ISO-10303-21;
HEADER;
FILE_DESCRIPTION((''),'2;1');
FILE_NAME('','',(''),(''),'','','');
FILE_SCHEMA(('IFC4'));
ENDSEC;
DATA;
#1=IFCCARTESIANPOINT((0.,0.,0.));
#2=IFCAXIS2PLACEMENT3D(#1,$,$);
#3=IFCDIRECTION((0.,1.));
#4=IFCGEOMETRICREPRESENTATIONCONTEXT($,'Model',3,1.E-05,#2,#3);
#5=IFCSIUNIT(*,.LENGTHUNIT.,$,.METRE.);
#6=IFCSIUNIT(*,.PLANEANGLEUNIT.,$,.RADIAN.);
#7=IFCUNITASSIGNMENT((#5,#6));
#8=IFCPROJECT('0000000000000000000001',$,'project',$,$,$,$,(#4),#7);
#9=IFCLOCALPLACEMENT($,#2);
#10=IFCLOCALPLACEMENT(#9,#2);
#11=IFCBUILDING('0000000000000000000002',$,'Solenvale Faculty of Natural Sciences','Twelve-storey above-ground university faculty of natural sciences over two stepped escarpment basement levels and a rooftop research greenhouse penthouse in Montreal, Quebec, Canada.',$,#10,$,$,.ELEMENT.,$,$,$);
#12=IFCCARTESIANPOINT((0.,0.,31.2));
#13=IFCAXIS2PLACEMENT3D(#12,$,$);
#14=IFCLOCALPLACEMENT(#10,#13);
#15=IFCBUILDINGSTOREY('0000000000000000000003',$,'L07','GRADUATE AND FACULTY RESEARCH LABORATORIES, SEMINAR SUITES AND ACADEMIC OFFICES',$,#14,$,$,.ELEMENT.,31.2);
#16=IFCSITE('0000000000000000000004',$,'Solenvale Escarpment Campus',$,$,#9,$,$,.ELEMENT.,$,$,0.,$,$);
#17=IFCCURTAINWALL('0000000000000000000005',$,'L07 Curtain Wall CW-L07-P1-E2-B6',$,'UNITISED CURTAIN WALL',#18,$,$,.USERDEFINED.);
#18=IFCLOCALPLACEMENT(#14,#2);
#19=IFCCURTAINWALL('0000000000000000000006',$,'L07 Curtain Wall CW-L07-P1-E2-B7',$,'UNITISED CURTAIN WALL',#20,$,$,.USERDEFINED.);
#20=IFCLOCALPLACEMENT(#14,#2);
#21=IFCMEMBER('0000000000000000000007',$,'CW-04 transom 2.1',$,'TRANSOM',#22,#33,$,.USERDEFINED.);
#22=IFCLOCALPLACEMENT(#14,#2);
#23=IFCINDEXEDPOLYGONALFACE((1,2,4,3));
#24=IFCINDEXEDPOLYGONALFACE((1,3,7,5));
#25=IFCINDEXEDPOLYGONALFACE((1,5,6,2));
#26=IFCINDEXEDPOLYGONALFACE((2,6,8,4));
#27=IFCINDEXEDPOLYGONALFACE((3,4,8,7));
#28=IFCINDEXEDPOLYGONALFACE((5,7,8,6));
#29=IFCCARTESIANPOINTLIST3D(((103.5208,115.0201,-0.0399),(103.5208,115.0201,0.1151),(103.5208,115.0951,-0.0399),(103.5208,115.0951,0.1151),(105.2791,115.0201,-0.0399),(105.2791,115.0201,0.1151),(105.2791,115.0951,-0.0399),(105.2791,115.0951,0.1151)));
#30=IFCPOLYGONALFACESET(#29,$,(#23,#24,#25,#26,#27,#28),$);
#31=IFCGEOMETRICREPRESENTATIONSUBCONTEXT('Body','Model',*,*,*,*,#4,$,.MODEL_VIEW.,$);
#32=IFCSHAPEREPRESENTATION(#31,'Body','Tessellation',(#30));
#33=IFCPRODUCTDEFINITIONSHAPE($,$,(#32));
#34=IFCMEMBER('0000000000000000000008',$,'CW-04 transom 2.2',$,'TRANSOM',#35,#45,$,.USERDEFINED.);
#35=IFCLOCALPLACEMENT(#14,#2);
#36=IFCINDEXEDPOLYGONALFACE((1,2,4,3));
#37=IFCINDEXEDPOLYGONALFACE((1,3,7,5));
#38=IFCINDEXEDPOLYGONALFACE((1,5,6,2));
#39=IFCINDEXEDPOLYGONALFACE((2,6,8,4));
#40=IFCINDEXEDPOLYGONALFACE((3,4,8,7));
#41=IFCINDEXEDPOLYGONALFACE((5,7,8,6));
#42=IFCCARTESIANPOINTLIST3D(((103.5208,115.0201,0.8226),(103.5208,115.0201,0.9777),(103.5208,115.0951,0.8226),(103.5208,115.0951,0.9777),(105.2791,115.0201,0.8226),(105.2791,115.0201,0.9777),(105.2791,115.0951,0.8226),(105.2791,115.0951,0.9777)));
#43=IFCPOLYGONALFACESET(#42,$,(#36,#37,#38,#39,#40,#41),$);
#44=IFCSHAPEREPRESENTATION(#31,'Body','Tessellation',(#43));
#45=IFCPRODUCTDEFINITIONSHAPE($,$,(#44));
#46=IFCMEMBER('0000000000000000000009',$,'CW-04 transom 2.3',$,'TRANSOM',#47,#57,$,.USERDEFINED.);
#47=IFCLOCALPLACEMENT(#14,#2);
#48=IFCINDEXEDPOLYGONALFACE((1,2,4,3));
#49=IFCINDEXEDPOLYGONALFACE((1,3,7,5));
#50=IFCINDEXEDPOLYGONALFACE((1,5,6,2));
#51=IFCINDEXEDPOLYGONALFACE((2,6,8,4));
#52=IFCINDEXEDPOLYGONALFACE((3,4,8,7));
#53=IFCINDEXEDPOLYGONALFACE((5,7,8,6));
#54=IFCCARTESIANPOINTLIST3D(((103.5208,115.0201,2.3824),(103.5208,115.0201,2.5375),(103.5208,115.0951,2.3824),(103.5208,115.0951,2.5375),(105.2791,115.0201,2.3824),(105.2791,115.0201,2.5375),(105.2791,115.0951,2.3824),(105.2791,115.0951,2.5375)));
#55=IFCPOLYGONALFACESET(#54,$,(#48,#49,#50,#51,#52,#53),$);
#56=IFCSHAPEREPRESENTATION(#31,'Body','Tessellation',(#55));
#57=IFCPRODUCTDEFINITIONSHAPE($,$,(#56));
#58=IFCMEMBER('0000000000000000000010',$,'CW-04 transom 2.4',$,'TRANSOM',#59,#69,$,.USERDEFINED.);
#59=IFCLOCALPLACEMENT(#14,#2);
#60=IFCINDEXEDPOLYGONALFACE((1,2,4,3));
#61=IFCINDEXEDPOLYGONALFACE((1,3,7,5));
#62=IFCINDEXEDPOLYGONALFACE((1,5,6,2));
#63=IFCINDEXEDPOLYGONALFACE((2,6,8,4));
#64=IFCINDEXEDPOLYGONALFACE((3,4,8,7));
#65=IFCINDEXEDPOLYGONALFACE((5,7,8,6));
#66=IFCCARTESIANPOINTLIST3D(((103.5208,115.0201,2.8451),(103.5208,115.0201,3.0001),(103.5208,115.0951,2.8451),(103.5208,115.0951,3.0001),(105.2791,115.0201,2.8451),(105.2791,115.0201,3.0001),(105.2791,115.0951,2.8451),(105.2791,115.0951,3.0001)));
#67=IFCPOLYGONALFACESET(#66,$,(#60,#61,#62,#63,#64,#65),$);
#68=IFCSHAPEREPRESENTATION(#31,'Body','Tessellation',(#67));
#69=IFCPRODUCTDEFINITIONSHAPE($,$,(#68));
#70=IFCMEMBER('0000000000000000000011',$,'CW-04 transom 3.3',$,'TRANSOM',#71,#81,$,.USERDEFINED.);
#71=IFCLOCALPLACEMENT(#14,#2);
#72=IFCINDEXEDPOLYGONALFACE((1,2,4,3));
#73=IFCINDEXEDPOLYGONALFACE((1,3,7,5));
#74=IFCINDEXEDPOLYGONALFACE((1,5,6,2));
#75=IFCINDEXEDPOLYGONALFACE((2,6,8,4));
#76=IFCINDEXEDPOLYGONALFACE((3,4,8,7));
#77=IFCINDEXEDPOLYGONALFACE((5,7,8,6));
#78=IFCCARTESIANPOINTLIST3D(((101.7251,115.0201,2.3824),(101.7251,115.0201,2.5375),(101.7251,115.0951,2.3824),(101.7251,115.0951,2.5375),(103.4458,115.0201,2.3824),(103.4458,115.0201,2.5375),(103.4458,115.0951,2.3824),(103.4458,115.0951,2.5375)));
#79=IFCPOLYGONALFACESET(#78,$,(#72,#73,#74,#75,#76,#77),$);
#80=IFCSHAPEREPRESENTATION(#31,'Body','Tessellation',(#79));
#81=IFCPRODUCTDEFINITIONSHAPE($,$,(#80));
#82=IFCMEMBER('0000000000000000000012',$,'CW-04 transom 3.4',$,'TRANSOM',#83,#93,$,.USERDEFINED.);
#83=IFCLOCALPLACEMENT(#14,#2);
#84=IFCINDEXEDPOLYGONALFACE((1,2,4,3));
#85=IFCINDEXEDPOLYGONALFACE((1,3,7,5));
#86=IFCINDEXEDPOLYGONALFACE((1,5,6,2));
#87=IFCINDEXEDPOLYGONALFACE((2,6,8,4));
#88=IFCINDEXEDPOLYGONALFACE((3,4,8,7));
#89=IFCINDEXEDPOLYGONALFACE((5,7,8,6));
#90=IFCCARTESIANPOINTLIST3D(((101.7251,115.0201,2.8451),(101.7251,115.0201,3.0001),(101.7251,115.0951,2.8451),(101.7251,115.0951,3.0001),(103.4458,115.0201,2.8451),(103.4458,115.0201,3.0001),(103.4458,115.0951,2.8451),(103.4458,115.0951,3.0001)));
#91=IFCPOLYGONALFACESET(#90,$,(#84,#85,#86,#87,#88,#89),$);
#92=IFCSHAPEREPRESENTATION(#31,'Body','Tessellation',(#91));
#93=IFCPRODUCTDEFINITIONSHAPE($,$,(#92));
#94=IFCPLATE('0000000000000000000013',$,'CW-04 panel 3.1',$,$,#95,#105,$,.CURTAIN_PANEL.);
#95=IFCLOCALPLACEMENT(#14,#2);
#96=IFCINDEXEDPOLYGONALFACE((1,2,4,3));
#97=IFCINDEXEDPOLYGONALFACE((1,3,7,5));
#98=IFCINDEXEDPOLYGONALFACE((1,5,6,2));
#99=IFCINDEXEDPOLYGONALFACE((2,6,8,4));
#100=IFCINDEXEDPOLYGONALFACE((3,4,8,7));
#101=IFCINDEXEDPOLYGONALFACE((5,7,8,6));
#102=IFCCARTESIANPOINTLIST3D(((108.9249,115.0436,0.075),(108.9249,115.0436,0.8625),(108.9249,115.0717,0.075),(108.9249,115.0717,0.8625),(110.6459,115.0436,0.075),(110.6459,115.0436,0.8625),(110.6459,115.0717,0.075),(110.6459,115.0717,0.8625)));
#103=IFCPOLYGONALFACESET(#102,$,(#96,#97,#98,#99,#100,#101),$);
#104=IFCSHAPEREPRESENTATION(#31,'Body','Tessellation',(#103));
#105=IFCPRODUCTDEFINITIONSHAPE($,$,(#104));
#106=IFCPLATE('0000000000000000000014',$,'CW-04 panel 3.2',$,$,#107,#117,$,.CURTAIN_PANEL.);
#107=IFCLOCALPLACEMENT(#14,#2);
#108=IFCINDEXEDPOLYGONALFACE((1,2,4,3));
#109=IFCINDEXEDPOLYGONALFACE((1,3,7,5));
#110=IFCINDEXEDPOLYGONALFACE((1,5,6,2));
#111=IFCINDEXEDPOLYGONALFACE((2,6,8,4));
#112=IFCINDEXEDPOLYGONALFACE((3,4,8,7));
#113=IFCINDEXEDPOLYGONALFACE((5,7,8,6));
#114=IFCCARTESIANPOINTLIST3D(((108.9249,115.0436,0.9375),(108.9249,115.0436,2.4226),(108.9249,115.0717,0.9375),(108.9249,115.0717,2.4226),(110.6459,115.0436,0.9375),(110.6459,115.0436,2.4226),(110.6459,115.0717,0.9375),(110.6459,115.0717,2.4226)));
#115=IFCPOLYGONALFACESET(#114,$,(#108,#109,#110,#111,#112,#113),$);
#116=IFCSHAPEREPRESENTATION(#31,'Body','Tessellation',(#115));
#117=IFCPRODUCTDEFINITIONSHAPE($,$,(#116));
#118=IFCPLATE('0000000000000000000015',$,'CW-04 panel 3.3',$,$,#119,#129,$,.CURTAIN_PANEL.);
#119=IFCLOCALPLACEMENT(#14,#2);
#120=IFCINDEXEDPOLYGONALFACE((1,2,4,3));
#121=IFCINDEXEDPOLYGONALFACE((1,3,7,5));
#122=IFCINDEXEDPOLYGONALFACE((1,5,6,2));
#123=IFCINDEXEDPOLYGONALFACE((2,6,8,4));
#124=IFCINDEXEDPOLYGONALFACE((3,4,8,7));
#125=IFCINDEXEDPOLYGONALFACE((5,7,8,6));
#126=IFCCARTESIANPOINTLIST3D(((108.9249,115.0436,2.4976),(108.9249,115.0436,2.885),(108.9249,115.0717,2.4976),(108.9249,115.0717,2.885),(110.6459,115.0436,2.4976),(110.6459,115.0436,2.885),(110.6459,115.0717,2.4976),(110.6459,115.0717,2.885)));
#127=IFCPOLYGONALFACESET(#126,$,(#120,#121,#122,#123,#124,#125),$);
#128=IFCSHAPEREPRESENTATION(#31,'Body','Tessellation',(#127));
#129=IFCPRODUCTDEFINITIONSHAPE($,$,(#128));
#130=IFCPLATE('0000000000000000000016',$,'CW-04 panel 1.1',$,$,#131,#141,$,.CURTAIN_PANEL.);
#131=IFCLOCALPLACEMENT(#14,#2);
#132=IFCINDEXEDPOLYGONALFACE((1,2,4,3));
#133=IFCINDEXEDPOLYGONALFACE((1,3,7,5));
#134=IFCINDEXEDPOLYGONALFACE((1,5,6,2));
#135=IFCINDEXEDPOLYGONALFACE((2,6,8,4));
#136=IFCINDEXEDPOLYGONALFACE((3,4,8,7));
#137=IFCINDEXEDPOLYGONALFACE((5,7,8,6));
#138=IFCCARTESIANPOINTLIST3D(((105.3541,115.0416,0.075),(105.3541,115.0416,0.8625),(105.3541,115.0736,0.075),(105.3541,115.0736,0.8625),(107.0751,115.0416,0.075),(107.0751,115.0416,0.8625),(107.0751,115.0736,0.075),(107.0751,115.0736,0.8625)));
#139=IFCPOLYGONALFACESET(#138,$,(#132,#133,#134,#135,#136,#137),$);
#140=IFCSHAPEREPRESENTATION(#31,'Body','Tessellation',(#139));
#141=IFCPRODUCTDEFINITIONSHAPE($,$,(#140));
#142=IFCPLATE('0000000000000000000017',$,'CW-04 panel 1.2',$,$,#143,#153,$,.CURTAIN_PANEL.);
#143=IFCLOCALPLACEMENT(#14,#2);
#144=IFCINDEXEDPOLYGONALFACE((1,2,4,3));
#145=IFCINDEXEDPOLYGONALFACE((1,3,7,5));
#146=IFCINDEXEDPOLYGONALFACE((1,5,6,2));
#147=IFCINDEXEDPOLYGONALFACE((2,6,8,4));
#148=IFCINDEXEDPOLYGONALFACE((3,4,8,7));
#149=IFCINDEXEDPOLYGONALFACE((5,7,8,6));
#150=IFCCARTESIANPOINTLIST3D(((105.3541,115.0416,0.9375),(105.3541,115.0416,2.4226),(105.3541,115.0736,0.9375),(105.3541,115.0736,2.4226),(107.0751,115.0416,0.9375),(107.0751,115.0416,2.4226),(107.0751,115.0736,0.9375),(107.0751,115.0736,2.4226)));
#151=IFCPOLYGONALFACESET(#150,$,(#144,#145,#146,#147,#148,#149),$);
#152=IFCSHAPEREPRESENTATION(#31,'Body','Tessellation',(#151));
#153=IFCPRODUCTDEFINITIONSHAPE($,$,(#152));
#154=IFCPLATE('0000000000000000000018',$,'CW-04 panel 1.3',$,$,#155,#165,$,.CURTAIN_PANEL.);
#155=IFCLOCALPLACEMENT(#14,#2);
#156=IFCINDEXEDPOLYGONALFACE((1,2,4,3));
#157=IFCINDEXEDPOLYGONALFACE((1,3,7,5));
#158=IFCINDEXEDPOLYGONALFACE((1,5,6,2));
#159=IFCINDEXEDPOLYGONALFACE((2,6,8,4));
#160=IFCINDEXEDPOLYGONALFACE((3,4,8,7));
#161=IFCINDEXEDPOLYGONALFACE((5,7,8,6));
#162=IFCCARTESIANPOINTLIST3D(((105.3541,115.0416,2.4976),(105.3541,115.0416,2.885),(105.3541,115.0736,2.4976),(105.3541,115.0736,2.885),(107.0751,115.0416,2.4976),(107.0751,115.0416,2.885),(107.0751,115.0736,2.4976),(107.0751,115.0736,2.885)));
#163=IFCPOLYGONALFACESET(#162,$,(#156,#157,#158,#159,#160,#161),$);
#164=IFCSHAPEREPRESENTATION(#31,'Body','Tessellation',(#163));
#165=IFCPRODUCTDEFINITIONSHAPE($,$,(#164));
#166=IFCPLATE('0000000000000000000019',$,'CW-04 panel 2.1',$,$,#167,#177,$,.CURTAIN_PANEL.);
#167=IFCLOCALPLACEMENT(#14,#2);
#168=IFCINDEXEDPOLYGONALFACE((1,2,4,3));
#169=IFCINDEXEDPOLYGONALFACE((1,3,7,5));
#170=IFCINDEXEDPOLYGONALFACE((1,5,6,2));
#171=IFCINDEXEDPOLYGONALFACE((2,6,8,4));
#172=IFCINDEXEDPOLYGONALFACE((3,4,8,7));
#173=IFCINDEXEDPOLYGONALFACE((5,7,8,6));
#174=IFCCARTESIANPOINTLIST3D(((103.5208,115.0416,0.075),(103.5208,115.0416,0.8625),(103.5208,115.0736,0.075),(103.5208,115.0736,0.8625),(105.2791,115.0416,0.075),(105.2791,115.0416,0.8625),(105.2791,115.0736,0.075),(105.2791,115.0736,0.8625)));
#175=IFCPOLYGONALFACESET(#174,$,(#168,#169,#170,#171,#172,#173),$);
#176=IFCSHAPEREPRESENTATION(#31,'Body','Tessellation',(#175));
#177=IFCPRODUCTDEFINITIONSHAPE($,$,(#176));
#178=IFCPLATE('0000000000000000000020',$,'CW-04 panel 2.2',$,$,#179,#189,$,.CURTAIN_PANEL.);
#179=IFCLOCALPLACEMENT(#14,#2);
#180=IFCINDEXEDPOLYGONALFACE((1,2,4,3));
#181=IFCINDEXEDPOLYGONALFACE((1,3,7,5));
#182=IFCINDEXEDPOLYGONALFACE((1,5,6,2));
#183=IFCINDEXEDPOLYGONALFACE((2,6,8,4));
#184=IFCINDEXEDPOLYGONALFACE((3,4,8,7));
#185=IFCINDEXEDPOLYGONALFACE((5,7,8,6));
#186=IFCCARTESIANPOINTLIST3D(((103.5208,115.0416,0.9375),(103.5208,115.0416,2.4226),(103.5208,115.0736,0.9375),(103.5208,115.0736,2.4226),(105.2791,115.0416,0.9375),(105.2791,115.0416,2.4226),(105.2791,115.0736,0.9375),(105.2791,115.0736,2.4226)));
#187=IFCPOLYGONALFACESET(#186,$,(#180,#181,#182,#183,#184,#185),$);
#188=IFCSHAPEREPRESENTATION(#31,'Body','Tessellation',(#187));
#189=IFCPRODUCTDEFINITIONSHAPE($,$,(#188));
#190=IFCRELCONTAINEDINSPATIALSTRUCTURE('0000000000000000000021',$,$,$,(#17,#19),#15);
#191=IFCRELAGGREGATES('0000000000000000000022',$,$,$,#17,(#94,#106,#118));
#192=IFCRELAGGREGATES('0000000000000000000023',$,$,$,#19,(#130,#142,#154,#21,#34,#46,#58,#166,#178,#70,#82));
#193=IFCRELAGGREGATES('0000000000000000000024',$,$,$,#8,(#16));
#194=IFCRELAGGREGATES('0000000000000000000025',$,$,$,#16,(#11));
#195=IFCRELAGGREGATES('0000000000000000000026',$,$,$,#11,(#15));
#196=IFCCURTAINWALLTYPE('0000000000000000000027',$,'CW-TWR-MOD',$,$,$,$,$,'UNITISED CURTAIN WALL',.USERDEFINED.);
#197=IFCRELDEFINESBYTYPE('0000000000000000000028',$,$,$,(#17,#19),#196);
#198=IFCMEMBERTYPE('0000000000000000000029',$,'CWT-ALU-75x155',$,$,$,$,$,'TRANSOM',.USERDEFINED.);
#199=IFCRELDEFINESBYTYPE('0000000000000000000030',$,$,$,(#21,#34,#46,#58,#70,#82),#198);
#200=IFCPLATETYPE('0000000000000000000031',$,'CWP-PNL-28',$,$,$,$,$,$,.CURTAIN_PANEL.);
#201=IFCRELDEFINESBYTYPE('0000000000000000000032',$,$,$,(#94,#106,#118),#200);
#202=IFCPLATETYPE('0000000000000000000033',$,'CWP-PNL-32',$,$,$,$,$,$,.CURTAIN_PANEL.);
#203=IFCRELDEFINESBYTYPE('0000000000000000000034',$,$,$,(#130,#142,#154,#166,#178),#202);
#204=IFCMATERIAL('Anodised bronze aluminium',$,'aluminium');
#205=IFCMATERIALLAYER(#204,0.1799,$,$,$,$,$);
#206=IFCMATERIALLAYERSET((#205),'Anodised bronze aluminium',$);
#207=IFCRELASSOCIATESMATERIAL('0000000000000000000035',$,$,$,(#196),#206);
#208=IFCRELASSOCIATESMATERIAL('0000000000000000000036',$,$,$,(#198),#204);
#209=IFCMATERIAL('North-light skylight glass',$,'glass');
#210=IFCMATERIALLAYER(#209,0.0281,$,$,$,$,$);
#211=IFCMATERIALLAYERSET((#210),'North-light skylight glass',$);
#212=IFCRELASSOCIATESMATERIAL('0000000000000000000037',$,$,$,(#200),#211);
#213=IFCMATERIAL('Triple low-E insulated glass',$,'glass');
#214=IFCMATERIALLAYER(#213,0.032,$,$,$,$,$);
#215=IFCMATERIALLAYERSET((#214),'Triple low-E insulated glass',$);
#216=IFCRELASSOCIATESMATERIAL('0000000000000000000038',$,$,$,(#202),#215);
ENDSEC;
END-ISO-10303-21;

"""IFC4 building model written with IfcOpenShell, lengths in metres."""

from ifc_helpers import new_model, si_unit, direction, frame, origin, origin_2d, place, context, subcontext, project, spatial, rectangle, extrude, material, layer, layer_set, material_profile, profile_set, type_object, element, aggregate, save


model = new_model("IFC4")

# Units and contexts
model_context = context("Model", 3, precision=1e-05, world=origin(), true_north=direction((0.0, 1.0)))
body_context = subcontext(model_context, "Body", "Model", "MODEL_VIEW")
ifc_project = project(units=[si_unit("LENGTHUNIT", "METRE"), si_unit("PLANEANGLEUNIT", "RADIAN")], contexts=[model_context])

# Site, building, storey
site_placement = place(None, origin())
site = spatial("IfcSite", under=ifc_project, at=site_placement, Name="Solenvale Escarpment Campus", CompositionType="ELEMENT", RefElevation=0.0)
building_placement = place(site_placement, origin())
building = spatial("IfcBuilding", under=site, at=building_placement, Name="Solenvale Faculty of Natural Sciences", Description="Twelve-storey above-ground university faculty of natural sciences over two stepped escarpment basement levels and a rooftop research greenhouse penthouse in Montreal, Quebec, Canada.", CompositionType="ELEMENT")
storey_placement = place(building_placement, frame((0.0, 0.0, 31.2)))
storey = spatial("IfcBuildingStorey", under=building, at=storey_placement, Name="L07", Description="GRADUATE AND FACULTY RESEARCH LABORATORIES, SEMINAR SUITES AND ACADEMIC OFFICES", CompositionType="ELEMENT", Elevation=31.2)

# Curtain wall
ifc_material_1 = material(Name="Anodised bronze aluminium", Category="aluminium")
ifc_layer_1 = layer(ifc_material_1, 0.1799)
ifc_layer_set_1 = layer_set([ifc_layer_1], Name="Anodised bronze aluminium")
curtain_wall_type = type_object("IfcCurtainWallType", Name="CW-TWR-MOD", ElementType="UNITISED CURTAIN WALL", PredefinedType="USERDEFINED", material=ifc_layer_set_1)
curtain_wall_1_placement = place(storey_placement, origin())
curtain_wall_1 = element("IfcCurtainWall", 1, at=curtain_wall_1_placement, inside=storey, type_object=curtain_wall_type, Name="L07 Curtain Wall CW-L07-P1-E2-B6", ObjectType="UNITISED CURTAIN WALL", PredefinedType="USERDEFINED")

# Curtain wall
curtain_wall_2_placement = place(storey_placement, origin())
curtain_wall_2 = element("IfcCurtainWall", 2, at=curtain_wall_2_placement, inside=storey, type_object=curtain_wall_type, Name="L07 Curtain Wall CW-L07-P1-E2-B7", ObjectType="UNITISED CURTAIN WALL", PredefinedType="USERDEFINED")

# Members
ifc_material_profile_1 = material_profile(ifc_material_1, rectangle(XDim=0.075, YDim=0.155, at=origin_2d()), Name="ALU-TRN-75x155")
ifc_profile_set_1 = profile_set([ifc_material_profile_1], Name="Anodised bronze aluminium")
member_type_1 = type_object("IfcMemberType", Name="CWT-ALU-75x155", ElementType="TRANSOM", PredefinedType="USERDEFINED", material=ifc_profile_set_1)
member_1_placement = place(storey_placement, frame((105.2791, 115.0576, 0.0376), z_axis=(-1.0, 0.0, 0.0), x_axis=(0.0, -1.0, 0.0)))
member_1 = element("IfcMember", 3, at=member_1_placement, type_object=member_type_1, Name="CW-04 transom 2.1", ObjectType="TRANSOM", PredefinedType="USERDEFINED", context=body_context, shape_type="SweptSolid", body=[
    extrude(rectangle(XDim=0.075, YDim=0.155, at=origin_2d()), origin(), (0.0, 0.0, 1.0), 1.7583),
])
member_2_placement = place(storey_placement, frame((105.2791, 115.0576, 0.9001), z_axis=(-1.0, 0.0, 0.0), x_axis=(0.0, -1.0, 0.0)))
member_2 = element("IfcMember", 4, at=member_2_placement, type_object=member_type_1, Name="CW-04 transom 2.2", ObjectType="TRANSOM", PredefinedType="USERDEFINED", context=body_context, shape_type="SweptSolid", body=[
    extrude(rectangle(XDim=0.075, YDim=0.155, at=origin_2d()), origin(), (0.0, 0.0, 1.0), 1.7583),
])
member_3_placement = place(storey_placement, frame((105.2791, 115.0576, 2.46), z_axis=(-1.0, 0.0, 0.0), x_axis=(0.0, -1.0, 0.0)))
member_3 = element("IfcMember", 5, at=member_3_placement, type_object=member_type_1, Name="CW-04 transom 2.3", ObjectType="TRANSOM", PredefinedType="USERDEFINED", context=body_context, shape_type="SweptSolid", body=[
    extrude(rectangle(XDim=0.075, YDim=0.155, at=origin_2d()), origin(), (0.0, 0.0, 1.0), 1.7583),
])
member_4_placement = place(storey_placement, frame((105.2791, 115.0576, 2.9226), z_axis=(-1.0, 0.0, 0.0), x_axis=(0.0, -1.0, 0.0)))
member_4 = element("IfcMember", 6, at=member_4_placement, type_object=member_type_1, Name="CW-04 transom 2.4", ObjectType="TRANSOM", PredefinedType="USERDEFINED", context=body_context, shape_type="SweptSolid", body=[
    extrude(rectangle(XDim=0.075, YDim=0.155, at=origin_2d()), origin(), (0.0, 0.0, 1.0), 1.7583),
])
member_5_placement = place(storey_placement, frame((103.4458, 115.0576, 2.46), z_axis=(-1.0, 0.0, 0.0), x_axis=(0.0, -1.0, 0.0)))
member_5 = element("IfcMember", 7, at=member_5_placement, type_object=member_type_1, Name="CW-04 transom 3.3", ObjectType="TRANSOM", PredefinedType="USERDEFINED", context=body_context, shape_type="SweptSolid", body=[
    extrude(rectangle(XDim=0.075, YDim=0.155, at=origin_2d()), origin(), (0.0, 0.0, 1.0), 1.7207),
])
member_6_placement = place(storey_placement, frame((103.4458, 115.0576, 2.9226), z_axis=(-1.0, 0.0, 0.0), x_axis=(0.0, -1.0, 0.0)))
member_6 = element("IfcMember", 8, at=member_6_placement, type_object=member_type_1, Name="CW-04 transom 3.4", ObjectType="TRANSOM", PredefinedType="USERDEFINED", context=body_context, shape_type="SweptSolid", body=[
    extrude(rectangle(XDim=0.075, YDim=0.155, at=origin_2d()), origin(), (0.0, 0.0, 1.0), 1.7207),
])

# Plates
ifc_material_2 = material(Name="North-light skylight glass", Category="glass")
ifc_layer_2 = layer(ifc_material_2, 0.0281)
ifc_layer_set_2 = layer_set([ifc_layer_2], Name="North-light skylight glass")
plate_type_1 = type_object("IfcPlateType", Name="CWP-PNL-28", PredefinedType="CURTAIN_PANEL", material=ifc_layer_set_2)
plate_1_placement = place(storey_placement, frame((109.7854, 115.0576, 0.075), z_axis=(0.0, 0.0, 1.0), x_axis=(-1.0, 0.0, 0.0)))
plate_1 = element("IfcPlate", 9, at=plate_1_placement, type_object=plate_type_1, Name="CW-04 panel 3.1", PredefinedType="CURTAIN_PANEL", context=body_context, shape_type="SweptSolid", body=[
    extrude(rectangle(XDim=1.7209, YDim=0.0281, at=origin_2d()), origin(), (0.0, 0.0, 1.0), 0.7876),
])
plate_2_placement = place(storey_placement, frame((109.7854, 115.0576, 0.9375), z_axis=(0.0, 0.0, 1.0), x_axis=(-1.0, 0.0, 0.0)))
plate_2 = element("IfcPlate", 10, at=plate_2_placement, type_object=plate_type_1, Name="CW-04 panel 3.2", PredefinedType="CURTAIN_PANEL", context=body_context, shape_type="SweptSolid", body=[
    extrude(rectangle(XDim=1.7209, YDim=0.0281, at=origin_2d()), origin(), (0.0, 0.0, 1.0), 1.4851),
])
plate_3_placement = place(storey_placement, frame((109.7854, 115.0576, 2.4976), z_axis=(0.0, 0.0, 1.0), x_axis=(-1.0, 0.0, 0.0)))
plate_3 = element("IfcPlate", 11, at=plate_3_placement, type_object=plate_type_1, Name="CW-04 panel 3.3", PredefinedType="CURTAIN_PANEL", context=body_context, shape_type="SweptSolid", body=[
    extrude(rectangle(XDim=1.7209, YDim=0.0281, at=origin_2d()), origin(), (0.0, 0.0, 1.0), 0.3875),
])
aggregate(curtain_wall_1, [plate_1, plate_2, plate_3])
ifc_material_3 = material(Name="Triple low-E insulated glass", Category="glass")
ifc_layer_3 = layer(ifc_material_3, 0.032)
ifc_layer_set_3 = layer_set([ifc_layer_3], Name="Triple low-E insulated glass")
plate_type_2 = type_object("IfcPlateType", Name="CWP-PNL-32", PredefinedType="CURTAIN_PANEL", material=ifc_layer_set_3)
plate_4_placement = place(storey_placement, frame((106.2146, 115.0576, 0.075), z_axis=(0.0, 0.0, 1.0), x_axis=(-1.0, 0.0, 0.0)))
plate_4 = element("IfcPlate", 12, at=plate_4_placement, type_object=plate_type_2, Name="CW-04 panel 1.1", PredefinedType="CURTAIN_PANEL", context=body_context, shape_type="SweptSolid", body=[
    extrude(rectangle(XDim=1.7209, YDim=0.032, at=origin_2d()), origin(), (0.0, 0.0, 1.0), 0.7876),
])
plate_5_placement = place(storey_placement, frame((106.2146, 115.0576, 0.9375), z_axis=(0.0, 0.0, 1.0), x_axis=(-1.0, 0.0, 0.0)))
plate_5 = element("IfcPlate", 13, at=plate_5_placement, type_object=plate_type_2, Name="CW-04 panel 1.2", PredefinedType="CURTAIN_PANEL", context=body_context, shape_type="SweptSolid", body=[
    extrude(rectangle(XDim=1.7209, YDim=0.032, at=origin_2d()), origin(), (0.0, 0.0, 1.0), 1.4851),
])
plate_6_placement = place(storey_placement, frame((106.2146, 115.0576, 2.4976), z_axis=(0.0, 0.0, 1.0), x_axis=(-1.0, 0.0, 0.0)))
plate_6 = element("IfcPlate", 14, at=plate_6_placement, type_object=plate_type_2, Name="CW-04 panel 1.3", PredefinedType="CURTAIN_PANEL", context=body_context, shape_type="SweptSolid", body=[
    extrude(rectangle(XDim=1.7209, YDim=0.032, at=origin_2d()), origin(), (0.0, 0.0, 1.0), 0.3875),
])
plate_7_placement = place(storey_placement, frame((104.3999, 115.0576, 0.075), z_axis=(0.0, 0.0, 1.0), x_axis=(-1.0, 0.0, 0.0)))
plate_7 = element("IfcPlate", 15, at=plate_7_placement, type_object=plate_type_2, Name="CW-04 panel 2.1", PredefinedType="CURTAIN_PANEL", context=body_context, shape_type="SweptSolid", body=[
    extrude(rectangle(XDim=1.7583, YDim=0.032, at=origin_2d()), origin(), (0.0, 0.0, 1.0), 0.7876),
])
plate_8_placement = place(storey_placement, frame((104.3999, 115.0576, 0.9375), z_axis=(0.0, 0.0, 1.0), x_axis=(-1.0, 0.0, 0.0)))
plate_8 = element("IfcPlate", 16, at=plate_8_placement, type_object=plate_type_2, Name="CW-04 panel 2.2", PredefinedType="CURTAIN_PANEL", context=body_context, shape_type="SweptSolid", body=[
    extrude(rectangle(XDim=1.7583, YDim=0.032, at=origin_2d()), origin(), (0.0, 0.0, 1.0), 1.4851),
])
aggregate(curtain_wall_2, [plate_4, plate_5, plate_6, member_1, member_2, member_3, member_4, plate_7, plate_8, member_5, member_6])

save(model, "model.ifc")
